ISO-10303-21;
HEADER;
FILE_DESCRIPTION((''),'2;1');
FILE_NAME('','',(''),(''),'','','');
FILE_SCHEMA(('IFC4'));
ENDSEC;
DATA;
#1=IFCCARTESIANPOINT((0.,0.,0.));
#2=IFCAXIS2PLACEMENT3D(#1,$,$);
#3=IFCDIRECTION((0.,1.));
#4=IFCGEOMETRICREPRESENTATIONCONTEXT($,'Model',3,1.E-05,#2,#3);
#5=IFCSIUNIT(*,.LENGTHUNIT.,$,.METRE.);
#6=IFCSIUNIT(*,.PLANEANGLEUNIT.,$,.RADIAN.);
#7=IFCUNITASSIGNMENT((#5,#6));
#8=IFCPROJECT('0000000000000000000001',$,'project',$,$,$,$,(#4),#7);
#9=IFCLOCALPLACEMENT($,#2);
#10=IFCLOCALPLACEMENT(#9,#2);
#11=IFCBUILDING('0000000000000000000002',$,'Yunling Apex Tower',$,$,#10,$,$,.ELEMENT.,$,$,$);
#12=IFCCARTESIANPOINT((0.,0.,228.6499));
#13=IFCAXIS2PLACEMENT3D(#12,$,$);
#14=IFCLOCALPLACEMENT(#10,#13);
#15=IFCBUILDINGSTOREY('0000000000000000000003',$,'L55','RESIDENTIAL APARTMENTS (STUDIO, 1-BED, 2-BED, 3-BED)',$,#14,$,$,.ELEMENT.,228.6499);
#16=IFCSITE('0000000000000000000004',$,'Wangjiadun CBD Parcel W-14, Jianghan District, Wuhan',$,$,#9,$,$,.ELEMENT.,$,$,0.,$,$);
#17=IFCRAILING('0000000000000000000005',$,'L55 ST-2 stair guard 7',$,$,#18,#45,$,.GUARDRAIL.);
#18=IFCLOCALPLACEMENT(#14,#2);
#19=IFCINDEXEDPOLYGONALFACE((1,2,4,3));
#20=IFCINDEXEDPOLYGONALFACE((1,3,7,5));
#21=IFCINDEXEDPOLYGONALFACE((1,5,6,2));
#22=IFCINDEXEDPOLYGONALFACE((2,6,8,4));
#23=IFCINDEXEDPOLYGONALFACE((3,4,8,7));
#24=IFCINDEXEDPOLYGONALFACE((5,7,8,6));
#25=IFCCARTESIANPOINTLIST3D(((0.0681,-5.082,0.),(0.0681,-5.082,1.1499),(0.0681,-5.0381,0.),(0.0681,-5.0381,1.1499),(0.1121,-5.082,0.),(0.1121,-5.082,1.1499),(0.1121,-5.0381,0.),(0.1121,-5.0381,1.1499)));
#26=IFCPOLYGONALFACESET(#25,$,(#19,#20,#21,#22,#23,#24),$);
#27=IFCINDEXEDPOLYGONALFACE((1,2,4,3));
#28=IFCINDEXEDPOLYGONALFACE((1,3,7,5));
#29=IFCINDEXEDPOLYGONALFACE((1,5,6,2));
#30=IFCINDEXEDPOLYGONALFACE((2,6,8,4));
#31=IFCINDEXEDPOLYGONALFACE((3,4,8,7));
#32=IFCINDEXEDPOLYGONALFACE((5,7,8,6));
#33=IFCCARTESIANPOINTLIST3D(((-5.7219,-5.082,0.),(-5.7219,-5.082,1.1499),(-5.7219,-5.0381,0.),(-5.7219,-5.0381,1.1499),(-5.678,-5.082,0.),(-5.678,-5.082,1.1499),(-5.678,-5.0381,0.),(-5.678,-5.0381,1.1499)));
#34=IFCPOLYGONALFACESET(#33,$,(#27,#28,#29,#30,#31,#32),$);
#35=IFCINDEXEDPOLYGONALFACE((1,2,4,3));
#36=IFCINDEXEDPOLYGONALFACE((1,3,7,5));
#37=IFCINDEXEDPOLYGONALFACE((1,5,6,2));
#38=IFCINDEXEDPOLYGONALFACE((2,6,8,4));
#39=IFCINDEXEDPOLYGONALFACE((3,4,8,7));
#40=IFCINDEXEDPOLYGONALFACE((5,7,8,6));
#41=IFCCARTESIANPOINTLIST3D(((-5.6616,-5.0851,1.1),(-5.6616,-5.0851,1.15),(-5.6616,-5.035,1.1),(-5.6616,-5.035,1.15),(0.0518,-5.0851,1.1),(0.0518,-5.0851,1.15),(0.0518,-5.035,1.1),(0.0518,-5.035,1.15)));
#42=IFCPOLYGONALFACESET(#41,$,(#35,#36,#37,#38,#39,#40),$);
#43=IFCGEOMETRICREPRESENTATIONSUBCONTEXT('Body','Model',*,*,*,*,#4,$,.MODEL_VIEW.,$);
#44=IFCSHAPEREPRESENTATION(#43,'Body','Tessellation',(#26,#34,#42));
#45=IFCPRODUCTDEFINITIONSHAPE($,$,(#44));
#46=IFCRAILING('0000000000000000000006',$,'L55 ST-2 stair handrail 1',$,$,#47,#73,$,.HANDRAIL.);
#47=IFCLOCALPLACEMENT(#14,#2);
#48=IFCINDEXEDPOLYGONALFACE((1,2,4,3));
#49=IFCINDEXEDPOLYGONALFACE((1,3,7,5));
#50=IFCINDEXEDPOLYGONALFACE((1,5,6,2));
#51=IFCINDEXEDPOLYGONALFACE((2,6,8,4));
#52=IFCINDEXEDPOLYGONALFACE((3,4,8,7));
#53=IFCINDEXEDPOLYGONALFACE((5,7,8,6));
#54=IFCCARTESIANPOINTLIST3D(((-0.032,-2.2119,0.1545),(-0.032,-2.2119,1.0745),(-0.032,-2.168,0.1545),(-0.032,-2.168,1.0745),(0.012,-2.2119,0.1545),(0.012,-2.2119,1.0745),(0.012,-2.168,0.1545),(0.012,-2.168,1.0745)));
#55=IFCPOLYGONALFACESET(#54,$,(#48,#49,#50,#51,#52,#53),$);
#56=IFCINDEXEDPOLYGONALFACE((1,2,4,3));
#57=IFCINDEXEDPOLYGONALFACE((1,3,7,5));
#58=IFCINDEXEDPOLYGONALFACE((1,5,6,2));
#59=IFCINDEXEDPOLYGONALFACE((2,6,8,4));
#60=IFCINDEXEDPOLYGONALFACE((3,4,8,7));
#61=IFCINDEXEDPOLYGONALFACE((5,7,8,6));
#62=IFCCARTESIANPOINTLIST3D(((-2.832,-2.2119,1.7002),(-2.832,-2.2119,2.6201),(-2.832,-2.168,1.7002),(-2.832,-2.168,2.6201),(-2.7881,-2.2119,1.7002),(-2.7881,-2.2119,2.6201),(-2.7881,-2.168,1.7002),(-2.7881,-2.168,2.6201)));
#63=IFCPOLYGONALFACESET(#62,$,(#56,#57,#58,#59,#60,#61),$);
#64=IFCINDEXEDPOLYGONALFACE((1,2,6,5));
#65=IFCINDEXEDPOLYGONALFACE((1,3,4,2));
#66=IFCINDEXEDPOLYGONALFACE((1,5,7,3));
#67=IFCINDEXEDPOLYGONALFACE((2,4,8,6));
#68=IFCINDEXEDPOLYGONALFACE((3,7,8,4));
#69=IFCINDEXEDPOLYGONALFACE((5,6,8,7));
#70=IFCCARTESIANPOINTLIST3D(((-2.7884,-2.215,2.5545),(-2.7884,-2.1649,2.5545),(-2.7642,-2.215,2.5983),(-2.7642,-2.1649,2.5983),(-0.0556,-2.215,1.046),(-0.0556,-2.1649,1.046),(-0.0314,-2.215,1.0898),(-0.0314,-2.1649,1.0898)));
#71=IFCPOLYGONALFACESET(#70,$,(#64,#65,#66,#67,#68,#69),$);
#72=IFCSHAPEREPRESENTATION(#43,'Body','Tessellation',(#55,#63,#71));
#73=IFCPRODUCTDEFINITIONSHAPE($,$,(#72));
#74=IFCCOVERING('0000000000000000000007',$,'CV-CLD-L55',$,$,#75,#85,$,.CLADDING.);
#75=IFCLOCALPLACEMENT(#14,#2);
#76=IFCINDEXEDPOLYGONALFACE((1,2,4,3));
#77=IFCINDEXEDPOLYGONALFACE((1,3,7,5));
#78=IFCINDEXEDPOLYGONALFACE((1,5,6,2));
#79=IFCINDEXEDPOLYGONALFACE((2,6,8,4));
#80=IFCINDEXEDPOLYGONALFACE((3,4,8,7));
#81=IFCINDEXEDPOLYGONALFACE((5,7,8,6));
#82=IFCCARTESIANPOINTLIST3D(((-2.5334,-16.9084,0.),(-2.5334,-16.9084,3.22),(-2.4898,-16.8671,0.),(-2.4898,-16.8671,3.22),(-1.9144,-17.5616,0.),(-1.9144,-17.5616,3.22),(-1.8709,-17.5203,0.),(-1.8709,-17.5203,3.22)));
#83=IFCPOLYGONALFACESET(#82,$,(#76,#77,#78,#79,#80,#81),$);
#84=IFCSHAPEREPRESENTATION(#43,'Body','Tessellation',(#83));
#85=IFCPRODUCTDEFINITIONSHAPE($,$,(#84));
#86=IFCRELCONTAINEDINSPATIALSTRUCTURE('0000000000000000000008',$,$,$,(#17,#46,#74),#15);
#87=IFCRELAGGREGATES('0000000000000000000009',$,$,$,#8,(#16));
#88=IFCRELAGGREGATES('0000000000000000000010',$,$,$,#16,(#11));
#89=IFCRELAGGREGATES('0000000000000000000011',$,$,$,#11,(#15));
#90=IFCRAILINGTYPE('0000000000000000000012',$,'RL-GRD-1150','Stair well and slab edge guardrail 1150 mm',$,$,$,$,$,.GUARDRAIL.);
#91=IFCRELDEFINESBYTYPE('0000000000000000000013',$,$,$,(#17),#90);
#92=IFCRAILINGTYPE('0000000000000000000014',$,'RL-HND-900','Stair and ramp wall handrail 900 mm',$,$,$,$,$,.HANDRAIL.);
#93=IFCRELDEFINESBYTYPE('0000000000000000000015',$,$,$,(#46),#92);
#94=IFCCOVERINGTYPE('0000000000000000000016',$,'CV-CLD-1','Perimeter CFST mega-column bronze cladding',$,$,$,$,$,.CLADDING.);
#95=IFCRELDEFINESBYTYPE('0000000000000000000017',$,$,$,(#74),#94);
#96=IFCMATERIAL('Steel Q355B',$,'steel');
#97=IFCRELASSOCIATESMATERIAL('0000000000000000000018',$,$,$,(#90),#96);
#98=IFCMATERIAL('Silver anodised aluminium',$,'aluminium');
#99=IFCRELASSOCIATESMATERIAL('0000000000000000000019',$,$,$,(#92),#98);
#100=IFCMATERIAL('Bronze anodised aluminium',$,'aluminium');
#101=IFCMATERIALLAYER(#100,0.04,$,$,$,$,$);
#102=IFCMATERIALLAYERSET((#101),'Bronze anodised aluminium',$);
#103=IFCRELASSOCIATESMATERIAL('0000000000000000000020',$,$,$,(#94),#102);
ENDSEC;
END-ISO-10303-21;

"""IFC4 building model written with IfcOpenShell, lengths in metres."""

from ifc_helpers import new_model, si_unit, direction, frame, origin, origin_2d, place, context, subcontext, project, spatial, rectangle, extrude, source, transform, mapped, material, layer, layer_set, type_object, element, save


model = new_model("IFC4")

# Units and contexts
model_context = context("Model", 3, precision=1e-05, world=origin(), true_north=direction((0.0, 1.0)))
body_context = subcontext(model_context, "Body", "Model", "MODEL_VIEW")
ifc_project = project(units=[si_unit("LENGTHUNIT", "METRE"), si_unit("PLANEANGLEUNIT", "RADIAN")], contexts=[model_context])

# Site, building, storey
site_placement = place(None, origin())
site = spatial("IfcSite", under=ifc_project, at=site_placement, Name="Wangjiadun CBD Parcel W-14, Jianghan District, Wuhan", CompositionType="ELEMENT", RefElevation=0.0)
building_placement = place(site_placement, origin())
building = spatial("IfcBuilding", under=site, at=building_placement, Name="Yunling Apex Tower", CompositionType="ELEMENT")
storey_placement = place(building_placement, frame((0.0, 0.0, 228.6499)))
storey = spatial("IfcBuildingStorey", under=building, at=storey_placement, Name="L55", Description="RESIDENTIAL APARTMENTS (STUDIO, 1-BED, 2-BED, 3-BED)", CompositionType="ELEMENT", Elevation=228.6499)

# Shared definitions
ifc_material_1 = material(Name="Steel Q355B", Category="steel")

# Shared definitions
ifc_material_2 = material(Name="Bronze anodised aluminium", Category="aluminium")

# Railings
railing_type_1 = type_object("IfcRailingType", Name="RL-GRD-1150", Description="Stair well and slab edge guardrail 1150 mm", PredefinedType="GUARDRAIL", material=ifc_material_1)
railing_1_placement = place(storey_placement, frame((0.0901, -5.0601, 0.0)))
element("IfcRailing", 1, at=railing_1_placement, inside=storey, type_object=railing_type_1, Name="L55 ST-2 stair guard 7", PredefinedType="GUARDRAIL", context=body_context, shape_type="SweptSolid", body=[
    extrude(rectangle(XDim=0.0439, YDim=0.0439, at=origin_2d()), origin(), (0.0, 0.0, 1.0), 1.1499),
    extrude(rectangle(XDim=0.0439, YDim=0.0439, at=origin_2d()), frame((-5.79, 0.0, 0.0)), (0.0, 0.0, 1.0), 1.1499),
    extrude(rectangle(XDim=0.05, YDim=0.05, at=origin_2d()), frame((-0.0383, 0.0, 1.125), z_axis=(-1.0, 0.0, 0.0), x_axis=(0.0, -1.0, 0.0)), (0.0, 0.0, 1.0), 5.7134),
])
ifc_material_3 = material(Name="Silver anodised aluminium", Category="aluminium")
railing_type_2 = type_object("IfcRailingType", Name="RL-HND-900", Description="Stair and ramp wall handrail 900 mm", PredefinedType="HANDRAIL", material=ifc_material_3)
railing_2_placement = place(storey_placement, frame((-0.01, -2.1899, 0.1545)))
element("IfcRailing", 2, at=railing_2_placement, inside=storey, type_object=railing_type_2, Name="L55 ST-2 stair handrail 1", PredefinedType="HANDRAIL", context=body_context, shape_type="SweptSolid", body=[
    extrude(rectangle(XDim=0.0439, YDim=0.0439, at=origin_2d()), origin(), (0.0, 0.0, 1.0), 0.9199),
    extrude(rectangle(XDim=0.0439, YDim=0.0439, at=origin_2d()), frame((-2.8, 0.0, 1.5457)), (0.0, 0.0, 1.0), 0.9199),
    extrude(rectangle(XDim=0.05, YDim=0.05, at=origin_2d()), frame((-0.0334, 0.0, 0.9133), z_axis=(-0.875472, 0.0, 0.483269), x_axis=(0.0, -1.0, 0.0)), (0.0, 0.0, 1.0), 3.1216),
])

# Covering
ifc_layer_1 = layer(ifc_material_2, 0.04)
ifc_layer_set_1 = layer_set([ifc_layer_1], Name="Bronze anodised aluminium")
covering_type = type_object("IfcCoveringType", Name="CV-CLD-1", Description="Perimeter CFST mega-column bronze cladding", PredefinedType="CLADDING", material=ifc_layer_set_1)
shared_shape_1 = source(origin(), body_context, "Body", "SweptSolid", [
    extrude(rectangle(XDim=0.0601, YDim=0.8999, at=origin_2d()), origin(), (0.0, 0.0, 1.0), 3.22),
])
covering_placement = place(storey_placement, frame((-2.2021, -17.2144, 0.0), z_axis=(0.0, 0.0, 1.0), x_axis=(0.725855, 0.687848, 0.0)))
element("IfcCovering", 3, at=covering_placement, inside=storey, type_object=covering_type, Name="CV-CLD-L55", PredefinedType="CLADDING", context=body_context, shape_type="MappedRepresentation", body=[
    mapped(shared_shape_1, transform((0.0, 0.0, 0.0), scale=1.0)),
])

save(model, "model.ifc")
